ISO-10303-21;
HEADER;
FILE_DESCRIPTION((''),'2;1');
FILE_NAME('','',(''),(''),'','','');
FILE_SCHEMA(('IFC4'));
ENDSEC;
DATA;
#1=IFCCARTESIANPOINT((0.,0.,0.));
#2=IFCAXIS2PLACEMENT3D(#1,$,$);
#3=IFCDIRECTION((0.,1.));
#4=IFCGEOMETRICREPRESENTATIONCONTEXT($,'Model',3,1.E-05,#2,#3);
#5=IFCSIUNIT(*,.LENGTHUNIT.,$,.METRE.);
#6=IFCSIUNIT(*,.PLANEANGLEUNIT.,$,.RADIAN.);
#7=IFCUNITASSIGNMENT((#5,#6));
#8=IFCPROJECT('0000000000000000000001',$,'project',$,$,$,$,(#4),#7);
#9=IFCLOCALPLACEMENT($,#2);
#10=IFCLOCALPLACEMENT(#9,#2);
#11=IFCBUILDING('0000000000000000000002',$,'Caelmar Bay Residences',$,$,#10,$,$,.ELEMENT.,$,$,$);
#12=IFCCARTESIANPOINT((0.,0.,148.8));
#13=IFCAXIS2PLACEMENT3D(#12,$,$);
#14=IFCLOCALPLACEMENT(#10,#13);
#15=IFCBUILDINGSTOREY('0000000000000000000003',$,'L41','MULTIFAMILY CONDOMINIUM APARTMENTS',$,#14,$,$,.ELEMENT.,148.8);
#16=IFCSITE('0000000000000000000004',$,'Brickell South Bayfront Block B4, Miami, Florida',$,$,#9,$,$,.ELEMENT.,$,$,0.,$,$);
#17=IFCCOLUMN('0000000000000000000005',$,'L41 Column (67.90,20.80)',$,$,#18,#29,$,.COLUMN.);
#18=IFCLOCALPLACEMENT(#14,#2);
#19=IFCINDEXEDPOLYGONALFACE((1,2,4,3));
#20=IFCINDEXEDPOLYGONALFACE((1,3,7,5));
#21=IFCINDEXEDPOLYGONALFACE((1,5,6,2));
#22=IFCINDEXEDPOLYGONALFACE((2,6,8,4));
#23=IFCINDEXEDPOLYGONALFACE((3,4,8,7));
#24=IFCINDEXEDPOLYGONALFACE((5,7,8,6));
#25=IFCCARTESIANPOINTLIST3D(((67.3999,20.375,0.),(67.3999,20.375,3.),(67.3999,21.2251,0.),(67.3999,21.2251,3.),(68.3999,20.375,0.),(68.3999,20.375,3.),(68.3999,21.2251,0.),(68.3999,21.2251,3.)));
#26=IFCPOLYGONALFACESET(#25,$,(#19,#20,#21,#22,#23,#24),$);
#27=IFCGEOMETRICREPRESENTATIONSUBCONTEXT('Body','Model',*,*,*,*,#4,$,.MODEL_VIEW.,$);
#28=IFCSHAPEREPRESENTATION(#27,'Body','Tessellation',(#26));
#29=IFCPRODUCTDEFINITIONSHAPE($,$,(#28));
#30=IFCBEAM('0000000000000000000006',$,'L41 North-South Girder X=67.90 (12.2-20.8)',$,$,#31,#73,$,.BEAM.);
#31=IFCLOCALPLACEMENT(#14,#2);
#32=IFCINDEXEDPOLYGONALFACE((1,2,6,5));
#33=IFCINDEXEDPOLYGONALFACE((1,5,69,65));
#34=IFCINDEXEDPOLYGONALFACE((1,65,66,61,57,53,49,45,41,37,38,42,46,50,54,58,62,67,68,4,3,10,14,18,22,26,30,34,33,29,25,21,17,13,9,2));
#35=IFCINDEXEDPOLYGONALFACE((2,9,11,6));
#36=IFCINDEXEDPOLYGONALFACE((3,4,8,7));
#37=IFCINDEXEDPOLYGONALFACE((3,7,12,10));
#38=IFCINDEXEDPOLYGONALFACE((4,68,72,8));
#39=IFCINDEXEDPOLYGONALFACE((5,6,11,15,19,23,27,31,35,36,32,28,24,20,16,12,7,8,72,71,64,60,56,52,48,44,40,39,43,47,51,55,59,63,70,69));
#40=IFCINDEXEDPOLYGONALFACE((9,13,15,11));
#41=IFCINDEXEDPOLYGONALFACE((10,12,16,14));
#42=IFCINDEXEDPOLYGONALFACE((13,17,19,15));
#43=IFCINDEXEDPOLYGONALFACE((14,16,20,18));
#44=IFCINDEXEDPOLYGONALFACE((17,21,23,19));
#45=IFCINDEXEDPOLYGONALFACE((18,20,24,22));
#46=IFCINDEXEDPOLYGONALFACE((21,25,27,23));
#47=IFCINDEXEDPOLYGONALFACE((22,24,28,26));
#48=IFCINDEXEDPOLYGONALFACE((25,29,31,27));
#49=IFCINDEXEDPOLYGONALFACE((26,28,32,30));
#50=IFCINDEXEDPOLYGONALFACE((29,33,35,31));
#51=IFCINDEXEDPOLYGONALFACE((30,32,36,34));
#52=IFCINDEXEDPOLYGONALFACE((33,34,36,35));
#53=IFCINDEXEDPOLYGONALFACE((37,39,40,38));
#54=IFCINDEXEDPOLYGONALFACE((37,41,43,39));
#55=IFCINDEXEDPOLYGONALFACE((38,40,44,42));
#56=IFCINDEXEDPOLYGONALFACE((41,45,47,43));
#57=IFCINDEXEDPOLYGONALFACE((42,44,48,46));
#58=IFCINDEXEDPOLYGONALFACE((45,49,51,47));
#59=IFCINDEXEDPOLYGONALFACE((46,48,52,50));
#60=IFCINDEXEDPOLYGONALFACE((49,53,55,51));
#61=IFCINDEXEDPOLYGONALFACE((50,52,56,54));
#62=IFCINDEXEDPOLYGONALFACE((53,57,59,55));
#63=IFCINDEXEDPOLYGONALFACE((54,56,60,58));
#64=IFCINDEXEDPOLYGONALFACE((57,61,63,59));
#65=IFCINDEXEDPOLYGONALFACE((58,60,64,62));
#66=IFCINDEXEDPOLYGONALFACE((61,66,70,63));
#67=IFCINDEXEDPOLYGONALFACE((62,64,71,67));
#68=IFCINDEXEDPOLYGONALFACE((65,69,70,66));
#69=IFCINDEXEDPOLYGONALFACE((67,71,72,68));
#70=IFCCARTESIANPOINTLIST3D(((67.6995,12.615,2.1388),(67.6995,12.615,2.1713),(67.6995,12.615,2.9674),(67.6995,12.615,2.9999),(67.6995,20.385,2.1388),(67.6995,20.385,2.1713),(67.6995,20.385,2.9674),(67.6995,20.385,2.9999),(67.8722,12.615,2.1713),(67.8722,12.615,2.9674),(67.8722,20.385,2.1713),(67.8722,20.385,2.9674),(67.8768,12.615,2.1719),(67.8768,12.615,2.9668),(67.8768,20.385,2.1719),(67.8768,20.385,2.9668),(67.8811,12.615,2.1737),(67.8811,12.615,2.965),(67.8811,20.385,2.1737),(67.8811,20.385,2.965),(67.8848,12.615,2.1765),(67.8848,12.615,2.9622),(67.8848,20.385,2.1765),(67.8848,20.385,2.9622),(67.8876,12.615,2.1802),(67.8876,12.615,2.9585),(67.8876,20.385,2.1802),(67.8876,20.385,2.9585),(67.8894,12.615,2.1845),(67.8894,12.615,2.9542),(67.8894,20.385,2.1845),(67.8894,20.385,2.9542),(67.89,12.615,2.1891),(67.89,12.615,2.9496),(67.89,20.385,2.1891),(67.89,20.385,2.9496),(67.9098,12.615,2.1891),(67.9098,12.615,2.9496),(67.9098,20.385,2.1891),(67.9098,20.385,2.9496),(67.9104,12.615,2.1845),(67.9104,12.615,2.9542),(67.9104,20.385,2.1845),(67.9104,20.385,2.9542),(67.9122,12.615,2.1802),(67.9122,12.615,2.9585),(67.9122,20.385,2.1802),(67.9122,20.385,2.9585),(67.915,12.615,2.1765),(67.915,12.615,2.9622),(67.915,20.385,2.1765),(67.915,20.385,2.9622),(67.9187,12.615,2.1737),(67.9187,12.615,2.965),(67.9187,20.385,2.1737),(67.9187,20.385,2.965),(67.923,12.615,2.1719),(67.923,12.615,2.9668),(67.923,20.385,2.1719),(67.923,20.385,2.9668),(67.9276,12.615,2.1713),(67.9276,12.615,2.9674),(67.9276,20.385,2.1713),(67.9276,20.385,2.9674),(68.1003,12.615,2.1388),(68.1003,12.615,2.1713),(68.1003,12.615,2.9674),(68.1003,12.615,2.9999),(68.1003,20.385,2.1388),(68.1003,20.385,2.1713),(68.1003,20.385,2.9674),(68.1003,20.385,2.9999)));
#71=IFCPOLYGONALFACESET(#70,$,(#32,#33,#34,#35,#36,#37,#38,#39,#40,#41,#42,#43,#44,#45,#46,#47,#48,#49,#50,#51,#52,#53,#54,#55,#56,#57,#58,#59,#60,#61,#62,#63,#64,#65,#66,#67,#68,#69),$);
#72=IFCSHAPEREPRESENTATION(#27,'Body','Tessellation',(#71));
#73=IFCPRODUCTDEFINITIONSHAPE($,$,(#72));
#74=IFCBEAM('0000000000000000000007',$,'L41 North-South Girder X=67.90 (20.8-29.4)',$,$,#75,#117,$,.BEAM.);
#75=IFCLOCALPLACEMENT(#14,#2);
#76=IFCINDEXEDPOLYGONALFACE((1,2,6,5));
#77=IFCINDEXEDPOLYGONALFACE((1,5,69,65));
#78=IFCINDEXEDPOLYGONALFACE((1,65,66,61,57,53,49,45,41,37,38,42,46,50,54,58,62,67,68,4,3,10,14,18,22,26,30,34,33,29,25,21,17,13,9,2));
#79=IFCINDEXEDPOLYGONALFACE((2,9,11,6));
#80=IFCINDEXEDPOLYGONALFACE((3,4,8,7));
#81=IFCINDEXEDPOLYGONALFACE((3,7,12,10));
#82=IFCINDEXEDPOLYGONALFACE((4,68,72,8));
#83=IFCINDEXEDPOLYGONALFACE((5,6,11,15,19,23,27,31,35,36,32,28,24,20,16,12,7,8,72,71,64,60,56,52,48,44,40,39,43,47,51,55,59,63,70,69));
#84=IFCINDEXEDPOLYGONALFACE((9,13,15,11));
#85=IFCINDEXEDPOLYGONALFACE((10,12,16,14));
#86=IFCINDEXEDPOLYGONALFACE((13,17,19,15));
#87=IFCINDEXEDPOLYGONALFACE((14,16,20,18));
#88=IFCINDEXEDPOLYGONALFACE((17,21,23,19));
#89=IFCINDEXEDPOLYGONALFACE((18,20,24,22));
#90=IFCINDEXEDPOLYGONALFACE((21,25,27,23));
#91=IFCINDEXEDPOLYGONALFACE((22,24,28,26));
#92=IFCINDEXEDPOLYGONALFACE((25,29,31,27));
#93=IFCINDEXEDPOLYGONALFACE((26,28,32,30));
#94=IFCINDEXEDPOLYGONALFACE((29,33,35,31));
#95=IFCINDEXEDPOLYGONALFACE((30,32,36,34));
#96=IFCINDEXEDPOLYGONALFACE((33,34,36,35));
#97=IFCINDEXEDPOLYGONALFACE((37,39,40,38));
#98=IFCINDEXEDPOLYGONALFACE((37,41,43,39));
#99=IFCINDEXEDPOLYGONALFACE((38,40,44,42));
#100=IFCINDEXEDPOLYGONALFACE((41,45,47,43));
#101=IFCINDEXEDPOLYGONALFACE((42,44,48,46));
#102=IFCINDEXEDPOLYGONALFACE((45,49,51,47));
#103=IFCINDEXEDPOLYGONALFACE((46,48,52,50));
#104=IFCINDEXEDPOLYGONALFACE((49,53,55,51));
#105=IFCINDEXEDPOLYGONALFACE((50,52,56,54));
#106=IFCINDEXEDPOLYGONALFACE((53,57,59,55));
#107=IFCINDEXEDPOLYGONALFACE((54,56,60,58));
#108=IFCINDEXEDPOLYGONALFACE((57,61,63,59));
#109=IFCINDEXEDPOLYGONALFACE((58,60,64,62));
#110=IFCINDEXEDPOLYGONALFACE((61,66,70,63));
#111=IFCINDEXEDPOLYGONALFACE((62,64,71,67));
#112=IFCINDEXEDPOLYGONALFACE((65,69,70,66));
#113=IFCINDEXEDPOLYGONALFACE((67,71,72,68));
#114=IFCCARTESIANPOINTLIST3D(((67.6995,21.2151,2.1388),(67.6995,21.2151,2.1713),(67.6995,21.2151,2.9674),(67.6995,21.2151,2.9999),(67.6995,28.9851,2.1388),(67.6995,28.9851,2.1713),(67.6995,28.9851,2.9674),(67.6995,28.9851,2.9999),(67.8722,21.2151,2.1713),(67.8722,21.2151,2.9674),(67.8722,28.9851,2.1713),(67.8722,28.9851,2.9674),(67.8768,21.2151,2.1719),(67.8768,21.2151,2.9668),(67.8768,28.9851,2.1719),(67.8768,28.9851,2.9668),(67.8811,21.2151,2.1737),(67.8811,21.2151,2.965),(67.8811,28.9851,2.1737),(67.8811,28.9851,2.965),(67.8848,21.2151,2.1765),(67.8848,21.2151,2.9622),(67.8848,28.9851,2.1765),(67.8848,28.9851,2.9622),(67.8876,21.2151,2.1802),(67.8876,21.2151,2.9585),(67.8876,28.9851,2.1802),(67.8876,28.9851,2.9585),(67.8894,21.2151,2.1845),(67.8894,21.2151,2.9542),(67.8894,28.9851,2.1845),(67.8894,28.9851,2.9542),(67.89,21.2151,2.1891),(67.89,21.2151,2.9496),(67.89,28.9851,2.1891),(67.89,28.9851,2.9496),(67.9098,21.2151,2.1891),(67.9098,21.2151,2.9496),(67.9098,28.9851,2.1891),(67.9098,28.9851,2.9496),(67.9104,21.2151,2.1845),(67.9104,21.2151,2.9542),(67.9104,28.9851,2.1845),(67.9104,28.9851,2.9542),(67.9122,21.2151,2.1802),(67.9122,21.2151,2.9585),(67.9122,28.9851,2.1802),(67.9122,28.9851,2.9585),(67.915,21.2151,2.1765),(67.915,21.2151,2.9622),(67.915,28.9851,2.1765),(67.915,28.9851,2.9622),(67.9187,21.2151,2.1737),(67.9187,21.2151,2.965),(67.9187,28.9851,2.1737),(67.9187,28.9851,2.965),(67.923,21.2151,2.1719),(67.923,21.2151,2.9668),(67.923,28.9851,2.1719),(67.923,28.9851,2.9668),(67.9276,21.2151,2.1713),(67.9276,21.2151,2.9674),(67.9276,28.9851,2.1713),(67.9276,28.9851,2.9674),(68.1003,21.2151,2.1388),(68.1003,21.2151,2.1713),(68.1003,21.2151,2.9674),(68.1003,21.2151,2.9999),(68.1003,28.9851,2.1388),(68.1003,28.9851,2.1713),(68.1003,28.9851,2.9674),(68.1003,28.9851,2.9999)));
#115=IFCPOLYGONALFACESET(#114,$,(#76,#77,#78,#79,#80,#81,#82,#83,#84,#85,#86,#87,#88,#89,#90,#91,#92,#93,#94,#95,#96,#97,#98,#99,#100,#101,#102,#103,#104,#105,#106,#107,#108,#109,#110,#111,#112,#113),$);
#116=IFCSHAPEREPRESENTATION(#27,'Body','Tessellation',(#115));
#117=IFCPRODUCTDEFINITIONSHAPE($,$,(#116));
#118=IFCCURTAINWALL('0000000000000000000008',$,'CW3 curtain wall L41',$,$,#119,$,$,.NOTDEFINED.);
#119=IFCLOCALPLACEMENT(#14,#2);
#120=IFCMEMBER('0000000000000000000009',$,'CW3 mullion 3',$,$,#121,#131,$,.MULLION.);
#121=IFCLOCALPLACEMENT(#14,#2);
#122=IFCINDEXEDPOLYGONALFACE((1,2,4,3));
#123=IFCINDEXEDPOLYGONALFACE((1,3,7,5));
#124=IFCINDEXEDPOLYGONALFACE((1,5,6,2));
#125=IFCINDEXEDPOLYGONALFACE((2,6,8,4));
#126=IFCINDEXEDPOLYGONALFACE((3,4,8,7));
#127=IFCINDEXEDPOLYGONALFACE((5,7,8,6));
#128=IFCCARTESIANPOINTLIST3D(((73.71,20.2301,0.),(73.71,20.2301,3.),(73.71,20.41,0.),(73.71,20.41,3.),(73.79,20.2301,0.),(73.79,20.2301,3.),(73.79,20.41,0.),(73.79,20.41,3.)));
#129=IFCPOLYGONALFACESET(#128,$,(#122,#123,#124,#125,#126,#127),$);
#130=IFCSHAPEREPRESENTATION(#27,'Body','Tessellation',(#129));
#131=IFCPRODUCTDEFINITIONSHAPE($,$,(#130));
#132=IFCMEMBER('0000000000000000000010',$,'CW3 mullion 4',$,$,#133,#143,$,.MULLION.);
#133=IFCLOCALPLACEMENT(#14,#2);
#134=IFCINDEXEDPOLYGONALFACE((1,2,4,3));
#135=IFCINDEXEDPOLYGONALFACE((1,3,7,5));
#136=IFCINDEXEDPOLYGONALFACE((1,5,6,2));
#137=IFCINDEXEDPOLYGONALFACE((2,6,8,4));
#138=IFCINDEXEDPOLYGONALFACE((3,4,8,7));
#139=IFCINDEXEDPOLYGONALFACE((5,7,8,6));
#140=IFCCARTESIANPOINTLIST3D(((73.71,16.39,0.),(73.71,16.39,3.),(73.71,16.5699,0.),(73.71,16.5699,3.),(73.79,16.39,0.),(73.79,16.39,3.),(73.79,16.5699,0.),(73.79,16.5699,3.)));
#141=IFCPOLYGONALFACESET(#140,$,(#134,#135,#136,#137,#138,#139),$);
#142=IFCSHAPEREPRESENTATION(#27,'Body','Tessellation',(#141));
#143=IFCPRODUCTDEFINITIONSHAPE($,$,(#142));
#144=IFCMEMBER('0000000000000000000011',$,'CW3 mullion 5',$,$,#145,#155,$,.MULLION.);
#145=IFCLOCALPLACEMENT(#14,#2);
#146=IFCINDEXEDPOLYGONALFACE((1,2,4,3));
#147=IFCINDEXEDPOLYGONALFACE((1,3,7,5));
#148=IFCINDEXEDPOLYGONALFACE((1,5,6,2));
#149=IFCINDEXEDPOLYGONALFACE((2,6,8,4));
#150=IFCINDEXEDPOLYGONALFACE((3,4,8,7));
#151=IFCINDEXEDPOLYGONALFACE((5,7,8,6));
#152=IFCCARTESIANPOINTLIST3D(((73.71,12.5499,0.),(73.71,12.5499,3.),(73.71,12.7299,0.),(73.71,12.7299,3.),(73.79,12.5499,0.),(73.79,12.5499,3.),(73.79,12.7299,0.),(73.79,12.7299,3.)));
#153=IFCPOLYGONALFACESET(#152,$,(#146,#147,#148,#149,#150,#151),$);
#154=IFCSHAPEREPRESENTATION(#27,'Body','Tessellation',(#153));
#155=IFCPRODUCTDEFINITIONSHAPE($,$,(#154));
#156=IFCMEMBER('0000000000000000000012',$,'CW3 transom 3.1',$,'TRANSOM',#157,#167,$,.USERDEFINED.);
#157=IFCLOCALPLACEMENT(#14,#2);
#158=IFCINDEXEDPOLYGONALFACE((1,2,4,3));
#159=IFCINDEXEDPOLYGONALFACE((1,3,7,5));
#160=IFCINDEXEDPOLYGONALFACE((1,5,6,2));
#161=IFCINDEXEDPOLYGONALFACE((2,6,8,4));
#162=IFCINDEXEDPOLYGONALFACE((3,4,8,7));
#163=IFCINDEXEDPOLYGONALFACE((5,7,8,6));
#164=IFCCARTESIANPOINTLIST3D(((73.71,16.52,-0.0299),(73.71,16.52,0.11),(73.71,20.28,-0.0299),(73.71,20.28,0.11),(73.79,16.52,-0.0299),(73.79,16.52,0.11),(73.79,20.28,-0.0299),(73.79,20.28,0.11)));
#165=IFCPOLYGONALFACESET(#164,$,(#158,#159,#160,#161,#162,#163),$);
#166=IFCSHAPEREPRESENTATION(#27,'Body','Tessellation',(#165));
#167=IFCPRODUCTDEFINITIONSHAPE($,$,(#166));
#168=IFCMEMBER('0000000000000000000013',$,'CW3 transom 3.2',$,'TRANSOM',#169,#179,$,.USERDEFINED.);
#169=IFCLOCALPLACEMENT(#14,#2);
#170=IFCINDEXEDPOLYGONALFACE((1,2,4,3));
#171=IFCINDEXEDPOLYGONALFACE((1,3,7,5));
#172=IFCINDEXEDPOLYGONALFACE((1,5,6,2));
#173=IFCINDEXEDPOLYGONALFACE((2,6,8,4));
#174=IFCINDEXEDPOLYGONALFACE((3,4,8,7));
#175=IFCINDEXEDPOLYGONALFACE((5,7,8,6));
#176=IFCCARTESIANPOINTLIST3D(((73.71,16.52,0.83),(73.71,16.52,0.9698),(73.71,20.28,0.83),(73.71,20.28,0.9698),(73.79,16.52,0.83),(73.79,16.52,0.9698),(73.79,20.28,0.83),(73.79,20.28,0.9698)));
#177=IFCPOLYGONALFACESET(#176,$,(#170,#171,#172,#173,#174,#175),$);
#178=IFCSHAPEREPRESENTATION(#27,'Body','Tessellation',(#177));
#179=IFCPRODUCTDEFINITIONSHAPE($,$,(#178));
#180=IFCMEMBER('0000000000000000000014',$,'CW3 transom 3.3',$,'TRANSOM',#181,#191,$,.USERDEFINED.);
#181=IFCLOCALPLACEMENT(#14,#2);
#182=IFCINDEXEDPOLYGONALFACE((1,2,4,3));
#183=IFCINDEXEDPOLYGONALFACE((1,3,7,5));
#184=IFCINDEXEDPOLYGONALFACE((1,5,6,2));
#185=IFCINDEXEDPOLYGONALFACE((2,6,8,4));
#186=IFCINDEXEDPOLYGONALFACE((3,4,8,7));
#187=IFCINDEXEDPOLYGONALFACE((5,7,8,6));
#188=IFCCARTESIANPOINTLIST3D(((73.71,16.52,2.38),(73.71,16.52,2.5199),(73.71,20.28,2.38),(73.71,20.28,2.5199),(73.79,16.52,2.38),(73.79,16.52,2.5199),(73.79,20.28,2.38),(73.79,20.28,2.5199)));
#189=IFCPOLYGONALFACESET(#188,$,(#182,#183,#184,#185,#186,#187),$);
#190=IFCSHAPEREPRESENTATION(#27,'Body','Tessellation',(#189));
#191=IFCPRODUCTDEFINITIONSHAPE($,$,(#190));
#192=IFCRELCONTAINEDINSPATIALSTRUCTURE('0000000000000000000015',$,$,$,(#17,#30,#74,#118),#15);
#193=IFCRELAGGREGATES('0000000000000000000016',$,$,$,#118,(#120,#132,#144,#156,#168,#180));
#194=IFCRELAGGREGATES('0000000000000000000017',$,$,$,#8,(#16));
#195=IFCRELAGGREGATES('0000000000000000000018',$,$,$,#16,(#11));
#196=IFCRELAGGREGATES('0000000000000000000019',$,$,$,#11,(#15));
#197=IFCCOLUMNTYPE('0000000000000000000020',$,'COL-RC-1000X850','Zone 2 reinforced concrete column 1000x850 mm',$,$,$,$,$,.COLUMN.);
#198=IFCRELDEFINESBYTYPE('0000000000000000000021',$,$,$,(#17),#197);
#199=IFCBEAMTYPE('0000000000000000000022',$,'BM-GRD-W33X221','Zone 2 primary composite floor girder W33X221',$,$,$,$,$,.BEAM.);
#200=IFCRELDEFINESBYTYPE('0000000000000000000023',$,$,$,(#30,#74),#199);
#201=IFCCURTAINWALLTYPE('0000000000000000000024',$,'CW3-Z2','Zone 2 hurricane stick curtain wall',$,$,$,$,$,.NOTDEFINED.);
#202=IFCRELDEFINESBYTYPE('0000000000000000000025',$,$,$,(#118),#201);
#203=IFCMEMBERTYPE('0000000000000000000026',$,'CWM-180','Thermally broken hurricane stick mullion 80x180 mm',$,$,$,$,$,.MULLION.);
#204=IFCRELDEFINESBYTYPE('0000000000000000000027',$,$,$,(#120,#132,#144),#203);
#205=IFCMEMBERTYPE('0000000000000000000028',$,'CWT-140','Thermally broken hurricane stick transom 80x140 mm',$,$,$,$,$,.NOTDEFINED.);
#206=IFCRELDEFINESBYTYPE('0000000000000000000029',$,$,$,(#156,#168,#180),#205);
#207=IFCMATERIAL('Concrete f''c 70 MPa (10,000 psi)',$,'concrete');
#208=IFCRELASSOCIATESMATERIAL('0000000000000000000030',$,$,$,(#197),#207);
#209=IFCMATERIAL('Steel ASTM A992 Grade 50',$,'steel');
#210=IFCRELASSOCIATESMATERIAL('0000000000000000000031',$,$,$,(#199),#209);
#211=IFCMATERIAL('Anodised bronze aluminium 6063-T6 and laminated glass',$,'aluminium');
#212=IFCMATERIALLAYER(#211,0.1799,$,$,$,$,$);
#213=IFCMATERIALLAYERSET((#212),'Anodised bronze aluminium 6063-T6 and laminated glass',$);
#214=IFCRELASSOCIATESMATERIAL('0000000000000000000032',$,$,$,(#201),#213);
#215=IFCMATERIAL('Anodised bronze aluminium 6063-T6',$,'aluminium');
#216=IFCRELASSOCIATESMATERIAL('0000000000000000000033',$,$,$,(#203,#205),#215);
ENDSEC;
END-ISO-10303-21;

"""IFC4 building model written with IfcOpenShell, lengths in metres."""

from ifc_helpers import new_model, si_unit, direction, frame, origin, origin_2d, place, context, subcontext, project, spatial, rectangle, i_section, extrude, material, layer, layer_set, material_profile, profile_set, type_object, element, aggregate, save


model = new_model("IFC4")

# Units and contexts
model_context = context("Model", 3, precision=1e-05, world=origin(), true_north=direction((0.0, 1.0)))
body_context = subcontext(model_context, "Body", "Model", "MODEL_VIEW")
ifc_project = project(units=[si_unit("LENGTHUNIT", "METRE"), si_unit("PLANEANGLEUNIT", "RADIAN")], contexts=[model_context])

# Site, building, storey
site_placement = place(None, origin())
site = spatial("IfcSite", under=ifc_project, at=site_placement, Name="Brickell South Bayfront Block B4, Miami, Florida", CompositionType="ELEMENT", RefElevation=0.0)
building_placement = place(site_placement, origin())
building = spatial("IfcBuilding", under=site, at=building_placement, Name="Caelmar Bay Residences", CompositionType="ELEMENT")
storey_placement = place(building_placement, frame((0.0, 0.0, 148.8)))
storey = spatial("IfcBuildingStorey", under=building, at=storey_placement, Name="L41", Description="MULTIFAMILY CONDOMINIUM APARTMENTS", CompositionType="ELEMENT", Elevation=148.8)

# Column
ifc_material_1 = material(Name="Concrete f'c 70 MPa (10,000 psi)", Category="concrete")
ifc_material_profile_1 = material_profile(ifc_material_1, rectangle(XDim=1.0, YDim=0.8501, at=origin_2d()), Name="RC-COL-1000X850")
ifc_profile_set_1 = profile_set([ifc_material_profile_1], Name="Concrete f'c 70 MPa (10,000 psi)")
column_type = type_object("IfcColumnType", Name="COL-RC-1000X850", Description="Zone 2 reinforced concrete column 1000x850 mm", PredefinedType="COLUMN", material=ifc_profile_set_1)
column_placement = place(storey_placement, frame((67.8999, 20.8, 0.0), z_axis=(0.0, 0.0, 1.0), x_axis=(1.0, 0.0, 0.0)))
element("IfcColumn", 1, at=column_placement, inside=storey, type_object=column_type, Name="L41 Column (67.90,20.80)", PredefinedType="COLUMN", context=body_context, shape_type="SweptSolid", body=[
    extrude(rectangle(XDim=1.0, YDim=0.8501, at=origin_2d()), origin(), (0.0, 0.0, 1.0), 3.0),
])

# Beams
ifc_material_2 = material(Name="Steel ASTM A992 Grade 50", Category="steel")
ifc_material_profile_2 = material_profile(ifc_material_2, i_section(OverallWidth=0.4009, OverallDepth=0.8611, WebThickness=0.0198, FlangeThickness=0.0325, FilletRadius=0.0178, at=origin_2d()), Name="W33X221")
ifc_profile_set_2 = profile_set([ifc_material_profile_2], Name="Steel ASTM A992 Grade 50")
beam_type = type_object("IfcBeamType", Name="BM-GRD-W33X221", Description="Zone 2 primary composite floor girder W33X221", PredefinedType="BEAM", material=ifc_profile_set_2)
for number, where, z_axis, x_axis, name in (
    (2, (67.8999, 12.615, 2.5693), (0.0, 1.0, 0.0), (-1.0, 0.0, 0.0), "L41 North-South Girder X=67.90 (12.2-20.8)"),
    (3, (67.8999, 21.2151, 2.5693), (0.0, 1.0, 0.0), (-1.0, 0.0, 0.0), "L41 North-South Girder X=67.90 (20.8-29.4)"),
):
    element("IfcBeam", number, at=place(storey_placement, frame(where, z_axis=z_axis, x_axis=x_axis)), inside=storey, type_object=beam_type, Name=name, PredefinedType="BEAM", context=body_context, shape_type="SweptSolid", body=[
        extrude(i_section(OverallWidth=0.4009, OverallDepth=0.8611, WebThickness=0.0198, FlangeThickness=0.0325, FilletRadius=0.0178, at=origin_2d()), origin(), (0.0, 0.0, 1.0), 7.77),
    ])

# Curtain wall, members
ifc_material_3 = material(Name="Anodised bronze aluminium 6063-T6 and laminated glass", Category="aluminium")
ifc_layer_1 = layer(ifc_material_3, 0.1799)
ifc_layer_set_1 = layer_set([ifc_layer_1], Name="Anodised bronze aluminium 6063-T6 and laminated glass")
curtain_wall_type = type_object("IfcCurtainWallType", Name="CW3-Z2", Description="Zone 2 hurricane stick curtain wall", PredefinedType="NOTDEFINED", material=ifc_layer_set_1)
curtain_wall_placement = place(storey_placement, origin())
curtain_wall = element("IfcCurtainWall", 4, at=curtain_wall_placement, inside=storey, type_object=curtain_wall_type, Name="CW3 curtain wall L41", PredefinedType="NOTDEFINED")
ifc_material_4 = material(Name="Anodised bronze aluminium 6063-T6", Category="aluminium")
ifc_material_profile_3 = material_profile(ifc_material_4, rectangle(XDim=0.0801, YDim=0.1799, at=origin_2d()), Name="CWM-80X180")
ifc_profile_set_3 = profile_set([ifc_material_profile_3], Name="Anodised bronze aluminium 6063-T6")
member_type_1 = type_object("IfcMemberType", Name="CWM-180", Description="Thermally broken hurricane stick mullion 80x180 mm", PredefinedType="MULLION", material=ifc_profile_set_3)
member_1_placement = place(storey_placement, frame((73.75, 20.3201, 0.0), z_axis=(0.0, 0.0, 1.0), x_axis=(1.0, 0.0, 0.0)))
member_1 = element("IfcMember", 5, at=member_1_placement, type_object=member_type_1, Name="CW3 mullion 3", PredefinedType="MULLION", context=body_context, shape_type="SweptSolid", body=[
    extrude(rectangle(XDim=0.0801, YDim=0.1799, at=origin_2d()), origin(), (0.0, 0.0, 1.0), 3.0),
])
member_2_placement = place(storey_placement, frame((73.75, 16.48, 0.0), z_axis=(0.0, 0.0, 1.0), x_axis=(1.0, 0.0, 0.0)))
member_2 = element("IfcMember", 6, at=member_2_placement, type_object=member_type_1, Name="CW3 mullion 4", PredefinedType="MULLION", context=body_context, shape_type="SweptSolid", body=[
    extrude(rectangle(XDim=0.0801, YDim=0.1799, at=origin_2d()), origin(), (0.0, 0.0, 1.0), 3.0),
])
member_3_placement = place(storey_placement, frame((73.75, 12.6399, 0.0), z_axis=(0.0, 0.0, 1.0), x_axis=(1.0, 0.0, 0.0)))
member_3 = element("IfcMember", 7, at=member_3_placement, type_object=member_type_1, Name="CW3 mullion 5", PredefinedType="MULLION", context=body_context, shape_type="SweptSolid", body=[
    extrude(rectangle(XDim=0.0801, YDim=0.1799, at=origin_2d()), origin(), (0.0, 0.0, 1.0), 3.0),
])
ifc_material_profile_4 = material_profile(ifc_material_4, rectangle(XDim=0.0801, YDim=0.1399, at=origin_2d()), Name="CWT-80X140")
ifc_profile_set_4 = profile_set([ifc_material_profile_4], Name="Anodised bronze aluminium 6063-T6")
member_type_2 = type_object("IfcMemberType", Name="CWT-140", Description="Thermally broken hurricane stick transom 80x140 mm", PredefinedType="NOTDEFINED", material=ifc_profile_set_4)
member_4_placement = place(storey_placement, frame((73.75, 20.28, 0.04), z_axis=(0.0, -1.0, 0.0), x_axis=(1.0, 0.0, 0.0)))
member_4 = element("IfcMember", 8, at=member_4_placement, type_object=member_type_2, Name="CW3 transom 3.1", ObjectType="TRANSOM", PredefinedType="USERDEFINED", context=body_context, shape_type="SweptSolid", body=[
    extrude(rectangle(XDim=0.0801, YDim=0.1399, at=origin_2d()), origin(), (0.0, 0.0, 1.0), 3.76),
])
member_5_placement = place(storey_placement, frame((73.75, 20.28, 0.8999), z_axis=(0.0, -1.0, 0.0), x_axis=(1.0, 0.0, 0.0)))
member_5 = element("IfcMember", 9, at=member_5_placement, type_object=member_type_2, Name="CW3 transom 3.2", ObjectType="TRANSOM", PredefinedType="USERDEFINED", context=body_context, shape_type="SweptSolid", body=[
    extrude(rectangle(XDim=0.0801, YDim=0.1399, at=origin_2d()), origin(), (0.0, 0.0, 1.0), 3.76),
])
member_6_placement = place(storey_placement, frame((73.75, 20.28, 2.45), z_axis=(0.0, -1.0, 0.0), x_axis=(1.0, 0.0, 0.0)))
member_6 = element("IfcMember", 10, at=member_6_placement, type_object=member_type_2, Name="CW3 transom 3.3", ObjectType="TRANSOM", PredefinedType="USERDEFINED", context=body_context, shape_type="SweptSolid", body=[
    extrude(rectangle(XDim=0.0801, YDim=0.1399, at=origin_2d()), origin(), (0.0, 0.0, 1.0), 3.76),
])
aggregate(curtain_wall, [member_1, member_2, member_3, member_4, member_5, member_6])

save(model, "model.ifc")
